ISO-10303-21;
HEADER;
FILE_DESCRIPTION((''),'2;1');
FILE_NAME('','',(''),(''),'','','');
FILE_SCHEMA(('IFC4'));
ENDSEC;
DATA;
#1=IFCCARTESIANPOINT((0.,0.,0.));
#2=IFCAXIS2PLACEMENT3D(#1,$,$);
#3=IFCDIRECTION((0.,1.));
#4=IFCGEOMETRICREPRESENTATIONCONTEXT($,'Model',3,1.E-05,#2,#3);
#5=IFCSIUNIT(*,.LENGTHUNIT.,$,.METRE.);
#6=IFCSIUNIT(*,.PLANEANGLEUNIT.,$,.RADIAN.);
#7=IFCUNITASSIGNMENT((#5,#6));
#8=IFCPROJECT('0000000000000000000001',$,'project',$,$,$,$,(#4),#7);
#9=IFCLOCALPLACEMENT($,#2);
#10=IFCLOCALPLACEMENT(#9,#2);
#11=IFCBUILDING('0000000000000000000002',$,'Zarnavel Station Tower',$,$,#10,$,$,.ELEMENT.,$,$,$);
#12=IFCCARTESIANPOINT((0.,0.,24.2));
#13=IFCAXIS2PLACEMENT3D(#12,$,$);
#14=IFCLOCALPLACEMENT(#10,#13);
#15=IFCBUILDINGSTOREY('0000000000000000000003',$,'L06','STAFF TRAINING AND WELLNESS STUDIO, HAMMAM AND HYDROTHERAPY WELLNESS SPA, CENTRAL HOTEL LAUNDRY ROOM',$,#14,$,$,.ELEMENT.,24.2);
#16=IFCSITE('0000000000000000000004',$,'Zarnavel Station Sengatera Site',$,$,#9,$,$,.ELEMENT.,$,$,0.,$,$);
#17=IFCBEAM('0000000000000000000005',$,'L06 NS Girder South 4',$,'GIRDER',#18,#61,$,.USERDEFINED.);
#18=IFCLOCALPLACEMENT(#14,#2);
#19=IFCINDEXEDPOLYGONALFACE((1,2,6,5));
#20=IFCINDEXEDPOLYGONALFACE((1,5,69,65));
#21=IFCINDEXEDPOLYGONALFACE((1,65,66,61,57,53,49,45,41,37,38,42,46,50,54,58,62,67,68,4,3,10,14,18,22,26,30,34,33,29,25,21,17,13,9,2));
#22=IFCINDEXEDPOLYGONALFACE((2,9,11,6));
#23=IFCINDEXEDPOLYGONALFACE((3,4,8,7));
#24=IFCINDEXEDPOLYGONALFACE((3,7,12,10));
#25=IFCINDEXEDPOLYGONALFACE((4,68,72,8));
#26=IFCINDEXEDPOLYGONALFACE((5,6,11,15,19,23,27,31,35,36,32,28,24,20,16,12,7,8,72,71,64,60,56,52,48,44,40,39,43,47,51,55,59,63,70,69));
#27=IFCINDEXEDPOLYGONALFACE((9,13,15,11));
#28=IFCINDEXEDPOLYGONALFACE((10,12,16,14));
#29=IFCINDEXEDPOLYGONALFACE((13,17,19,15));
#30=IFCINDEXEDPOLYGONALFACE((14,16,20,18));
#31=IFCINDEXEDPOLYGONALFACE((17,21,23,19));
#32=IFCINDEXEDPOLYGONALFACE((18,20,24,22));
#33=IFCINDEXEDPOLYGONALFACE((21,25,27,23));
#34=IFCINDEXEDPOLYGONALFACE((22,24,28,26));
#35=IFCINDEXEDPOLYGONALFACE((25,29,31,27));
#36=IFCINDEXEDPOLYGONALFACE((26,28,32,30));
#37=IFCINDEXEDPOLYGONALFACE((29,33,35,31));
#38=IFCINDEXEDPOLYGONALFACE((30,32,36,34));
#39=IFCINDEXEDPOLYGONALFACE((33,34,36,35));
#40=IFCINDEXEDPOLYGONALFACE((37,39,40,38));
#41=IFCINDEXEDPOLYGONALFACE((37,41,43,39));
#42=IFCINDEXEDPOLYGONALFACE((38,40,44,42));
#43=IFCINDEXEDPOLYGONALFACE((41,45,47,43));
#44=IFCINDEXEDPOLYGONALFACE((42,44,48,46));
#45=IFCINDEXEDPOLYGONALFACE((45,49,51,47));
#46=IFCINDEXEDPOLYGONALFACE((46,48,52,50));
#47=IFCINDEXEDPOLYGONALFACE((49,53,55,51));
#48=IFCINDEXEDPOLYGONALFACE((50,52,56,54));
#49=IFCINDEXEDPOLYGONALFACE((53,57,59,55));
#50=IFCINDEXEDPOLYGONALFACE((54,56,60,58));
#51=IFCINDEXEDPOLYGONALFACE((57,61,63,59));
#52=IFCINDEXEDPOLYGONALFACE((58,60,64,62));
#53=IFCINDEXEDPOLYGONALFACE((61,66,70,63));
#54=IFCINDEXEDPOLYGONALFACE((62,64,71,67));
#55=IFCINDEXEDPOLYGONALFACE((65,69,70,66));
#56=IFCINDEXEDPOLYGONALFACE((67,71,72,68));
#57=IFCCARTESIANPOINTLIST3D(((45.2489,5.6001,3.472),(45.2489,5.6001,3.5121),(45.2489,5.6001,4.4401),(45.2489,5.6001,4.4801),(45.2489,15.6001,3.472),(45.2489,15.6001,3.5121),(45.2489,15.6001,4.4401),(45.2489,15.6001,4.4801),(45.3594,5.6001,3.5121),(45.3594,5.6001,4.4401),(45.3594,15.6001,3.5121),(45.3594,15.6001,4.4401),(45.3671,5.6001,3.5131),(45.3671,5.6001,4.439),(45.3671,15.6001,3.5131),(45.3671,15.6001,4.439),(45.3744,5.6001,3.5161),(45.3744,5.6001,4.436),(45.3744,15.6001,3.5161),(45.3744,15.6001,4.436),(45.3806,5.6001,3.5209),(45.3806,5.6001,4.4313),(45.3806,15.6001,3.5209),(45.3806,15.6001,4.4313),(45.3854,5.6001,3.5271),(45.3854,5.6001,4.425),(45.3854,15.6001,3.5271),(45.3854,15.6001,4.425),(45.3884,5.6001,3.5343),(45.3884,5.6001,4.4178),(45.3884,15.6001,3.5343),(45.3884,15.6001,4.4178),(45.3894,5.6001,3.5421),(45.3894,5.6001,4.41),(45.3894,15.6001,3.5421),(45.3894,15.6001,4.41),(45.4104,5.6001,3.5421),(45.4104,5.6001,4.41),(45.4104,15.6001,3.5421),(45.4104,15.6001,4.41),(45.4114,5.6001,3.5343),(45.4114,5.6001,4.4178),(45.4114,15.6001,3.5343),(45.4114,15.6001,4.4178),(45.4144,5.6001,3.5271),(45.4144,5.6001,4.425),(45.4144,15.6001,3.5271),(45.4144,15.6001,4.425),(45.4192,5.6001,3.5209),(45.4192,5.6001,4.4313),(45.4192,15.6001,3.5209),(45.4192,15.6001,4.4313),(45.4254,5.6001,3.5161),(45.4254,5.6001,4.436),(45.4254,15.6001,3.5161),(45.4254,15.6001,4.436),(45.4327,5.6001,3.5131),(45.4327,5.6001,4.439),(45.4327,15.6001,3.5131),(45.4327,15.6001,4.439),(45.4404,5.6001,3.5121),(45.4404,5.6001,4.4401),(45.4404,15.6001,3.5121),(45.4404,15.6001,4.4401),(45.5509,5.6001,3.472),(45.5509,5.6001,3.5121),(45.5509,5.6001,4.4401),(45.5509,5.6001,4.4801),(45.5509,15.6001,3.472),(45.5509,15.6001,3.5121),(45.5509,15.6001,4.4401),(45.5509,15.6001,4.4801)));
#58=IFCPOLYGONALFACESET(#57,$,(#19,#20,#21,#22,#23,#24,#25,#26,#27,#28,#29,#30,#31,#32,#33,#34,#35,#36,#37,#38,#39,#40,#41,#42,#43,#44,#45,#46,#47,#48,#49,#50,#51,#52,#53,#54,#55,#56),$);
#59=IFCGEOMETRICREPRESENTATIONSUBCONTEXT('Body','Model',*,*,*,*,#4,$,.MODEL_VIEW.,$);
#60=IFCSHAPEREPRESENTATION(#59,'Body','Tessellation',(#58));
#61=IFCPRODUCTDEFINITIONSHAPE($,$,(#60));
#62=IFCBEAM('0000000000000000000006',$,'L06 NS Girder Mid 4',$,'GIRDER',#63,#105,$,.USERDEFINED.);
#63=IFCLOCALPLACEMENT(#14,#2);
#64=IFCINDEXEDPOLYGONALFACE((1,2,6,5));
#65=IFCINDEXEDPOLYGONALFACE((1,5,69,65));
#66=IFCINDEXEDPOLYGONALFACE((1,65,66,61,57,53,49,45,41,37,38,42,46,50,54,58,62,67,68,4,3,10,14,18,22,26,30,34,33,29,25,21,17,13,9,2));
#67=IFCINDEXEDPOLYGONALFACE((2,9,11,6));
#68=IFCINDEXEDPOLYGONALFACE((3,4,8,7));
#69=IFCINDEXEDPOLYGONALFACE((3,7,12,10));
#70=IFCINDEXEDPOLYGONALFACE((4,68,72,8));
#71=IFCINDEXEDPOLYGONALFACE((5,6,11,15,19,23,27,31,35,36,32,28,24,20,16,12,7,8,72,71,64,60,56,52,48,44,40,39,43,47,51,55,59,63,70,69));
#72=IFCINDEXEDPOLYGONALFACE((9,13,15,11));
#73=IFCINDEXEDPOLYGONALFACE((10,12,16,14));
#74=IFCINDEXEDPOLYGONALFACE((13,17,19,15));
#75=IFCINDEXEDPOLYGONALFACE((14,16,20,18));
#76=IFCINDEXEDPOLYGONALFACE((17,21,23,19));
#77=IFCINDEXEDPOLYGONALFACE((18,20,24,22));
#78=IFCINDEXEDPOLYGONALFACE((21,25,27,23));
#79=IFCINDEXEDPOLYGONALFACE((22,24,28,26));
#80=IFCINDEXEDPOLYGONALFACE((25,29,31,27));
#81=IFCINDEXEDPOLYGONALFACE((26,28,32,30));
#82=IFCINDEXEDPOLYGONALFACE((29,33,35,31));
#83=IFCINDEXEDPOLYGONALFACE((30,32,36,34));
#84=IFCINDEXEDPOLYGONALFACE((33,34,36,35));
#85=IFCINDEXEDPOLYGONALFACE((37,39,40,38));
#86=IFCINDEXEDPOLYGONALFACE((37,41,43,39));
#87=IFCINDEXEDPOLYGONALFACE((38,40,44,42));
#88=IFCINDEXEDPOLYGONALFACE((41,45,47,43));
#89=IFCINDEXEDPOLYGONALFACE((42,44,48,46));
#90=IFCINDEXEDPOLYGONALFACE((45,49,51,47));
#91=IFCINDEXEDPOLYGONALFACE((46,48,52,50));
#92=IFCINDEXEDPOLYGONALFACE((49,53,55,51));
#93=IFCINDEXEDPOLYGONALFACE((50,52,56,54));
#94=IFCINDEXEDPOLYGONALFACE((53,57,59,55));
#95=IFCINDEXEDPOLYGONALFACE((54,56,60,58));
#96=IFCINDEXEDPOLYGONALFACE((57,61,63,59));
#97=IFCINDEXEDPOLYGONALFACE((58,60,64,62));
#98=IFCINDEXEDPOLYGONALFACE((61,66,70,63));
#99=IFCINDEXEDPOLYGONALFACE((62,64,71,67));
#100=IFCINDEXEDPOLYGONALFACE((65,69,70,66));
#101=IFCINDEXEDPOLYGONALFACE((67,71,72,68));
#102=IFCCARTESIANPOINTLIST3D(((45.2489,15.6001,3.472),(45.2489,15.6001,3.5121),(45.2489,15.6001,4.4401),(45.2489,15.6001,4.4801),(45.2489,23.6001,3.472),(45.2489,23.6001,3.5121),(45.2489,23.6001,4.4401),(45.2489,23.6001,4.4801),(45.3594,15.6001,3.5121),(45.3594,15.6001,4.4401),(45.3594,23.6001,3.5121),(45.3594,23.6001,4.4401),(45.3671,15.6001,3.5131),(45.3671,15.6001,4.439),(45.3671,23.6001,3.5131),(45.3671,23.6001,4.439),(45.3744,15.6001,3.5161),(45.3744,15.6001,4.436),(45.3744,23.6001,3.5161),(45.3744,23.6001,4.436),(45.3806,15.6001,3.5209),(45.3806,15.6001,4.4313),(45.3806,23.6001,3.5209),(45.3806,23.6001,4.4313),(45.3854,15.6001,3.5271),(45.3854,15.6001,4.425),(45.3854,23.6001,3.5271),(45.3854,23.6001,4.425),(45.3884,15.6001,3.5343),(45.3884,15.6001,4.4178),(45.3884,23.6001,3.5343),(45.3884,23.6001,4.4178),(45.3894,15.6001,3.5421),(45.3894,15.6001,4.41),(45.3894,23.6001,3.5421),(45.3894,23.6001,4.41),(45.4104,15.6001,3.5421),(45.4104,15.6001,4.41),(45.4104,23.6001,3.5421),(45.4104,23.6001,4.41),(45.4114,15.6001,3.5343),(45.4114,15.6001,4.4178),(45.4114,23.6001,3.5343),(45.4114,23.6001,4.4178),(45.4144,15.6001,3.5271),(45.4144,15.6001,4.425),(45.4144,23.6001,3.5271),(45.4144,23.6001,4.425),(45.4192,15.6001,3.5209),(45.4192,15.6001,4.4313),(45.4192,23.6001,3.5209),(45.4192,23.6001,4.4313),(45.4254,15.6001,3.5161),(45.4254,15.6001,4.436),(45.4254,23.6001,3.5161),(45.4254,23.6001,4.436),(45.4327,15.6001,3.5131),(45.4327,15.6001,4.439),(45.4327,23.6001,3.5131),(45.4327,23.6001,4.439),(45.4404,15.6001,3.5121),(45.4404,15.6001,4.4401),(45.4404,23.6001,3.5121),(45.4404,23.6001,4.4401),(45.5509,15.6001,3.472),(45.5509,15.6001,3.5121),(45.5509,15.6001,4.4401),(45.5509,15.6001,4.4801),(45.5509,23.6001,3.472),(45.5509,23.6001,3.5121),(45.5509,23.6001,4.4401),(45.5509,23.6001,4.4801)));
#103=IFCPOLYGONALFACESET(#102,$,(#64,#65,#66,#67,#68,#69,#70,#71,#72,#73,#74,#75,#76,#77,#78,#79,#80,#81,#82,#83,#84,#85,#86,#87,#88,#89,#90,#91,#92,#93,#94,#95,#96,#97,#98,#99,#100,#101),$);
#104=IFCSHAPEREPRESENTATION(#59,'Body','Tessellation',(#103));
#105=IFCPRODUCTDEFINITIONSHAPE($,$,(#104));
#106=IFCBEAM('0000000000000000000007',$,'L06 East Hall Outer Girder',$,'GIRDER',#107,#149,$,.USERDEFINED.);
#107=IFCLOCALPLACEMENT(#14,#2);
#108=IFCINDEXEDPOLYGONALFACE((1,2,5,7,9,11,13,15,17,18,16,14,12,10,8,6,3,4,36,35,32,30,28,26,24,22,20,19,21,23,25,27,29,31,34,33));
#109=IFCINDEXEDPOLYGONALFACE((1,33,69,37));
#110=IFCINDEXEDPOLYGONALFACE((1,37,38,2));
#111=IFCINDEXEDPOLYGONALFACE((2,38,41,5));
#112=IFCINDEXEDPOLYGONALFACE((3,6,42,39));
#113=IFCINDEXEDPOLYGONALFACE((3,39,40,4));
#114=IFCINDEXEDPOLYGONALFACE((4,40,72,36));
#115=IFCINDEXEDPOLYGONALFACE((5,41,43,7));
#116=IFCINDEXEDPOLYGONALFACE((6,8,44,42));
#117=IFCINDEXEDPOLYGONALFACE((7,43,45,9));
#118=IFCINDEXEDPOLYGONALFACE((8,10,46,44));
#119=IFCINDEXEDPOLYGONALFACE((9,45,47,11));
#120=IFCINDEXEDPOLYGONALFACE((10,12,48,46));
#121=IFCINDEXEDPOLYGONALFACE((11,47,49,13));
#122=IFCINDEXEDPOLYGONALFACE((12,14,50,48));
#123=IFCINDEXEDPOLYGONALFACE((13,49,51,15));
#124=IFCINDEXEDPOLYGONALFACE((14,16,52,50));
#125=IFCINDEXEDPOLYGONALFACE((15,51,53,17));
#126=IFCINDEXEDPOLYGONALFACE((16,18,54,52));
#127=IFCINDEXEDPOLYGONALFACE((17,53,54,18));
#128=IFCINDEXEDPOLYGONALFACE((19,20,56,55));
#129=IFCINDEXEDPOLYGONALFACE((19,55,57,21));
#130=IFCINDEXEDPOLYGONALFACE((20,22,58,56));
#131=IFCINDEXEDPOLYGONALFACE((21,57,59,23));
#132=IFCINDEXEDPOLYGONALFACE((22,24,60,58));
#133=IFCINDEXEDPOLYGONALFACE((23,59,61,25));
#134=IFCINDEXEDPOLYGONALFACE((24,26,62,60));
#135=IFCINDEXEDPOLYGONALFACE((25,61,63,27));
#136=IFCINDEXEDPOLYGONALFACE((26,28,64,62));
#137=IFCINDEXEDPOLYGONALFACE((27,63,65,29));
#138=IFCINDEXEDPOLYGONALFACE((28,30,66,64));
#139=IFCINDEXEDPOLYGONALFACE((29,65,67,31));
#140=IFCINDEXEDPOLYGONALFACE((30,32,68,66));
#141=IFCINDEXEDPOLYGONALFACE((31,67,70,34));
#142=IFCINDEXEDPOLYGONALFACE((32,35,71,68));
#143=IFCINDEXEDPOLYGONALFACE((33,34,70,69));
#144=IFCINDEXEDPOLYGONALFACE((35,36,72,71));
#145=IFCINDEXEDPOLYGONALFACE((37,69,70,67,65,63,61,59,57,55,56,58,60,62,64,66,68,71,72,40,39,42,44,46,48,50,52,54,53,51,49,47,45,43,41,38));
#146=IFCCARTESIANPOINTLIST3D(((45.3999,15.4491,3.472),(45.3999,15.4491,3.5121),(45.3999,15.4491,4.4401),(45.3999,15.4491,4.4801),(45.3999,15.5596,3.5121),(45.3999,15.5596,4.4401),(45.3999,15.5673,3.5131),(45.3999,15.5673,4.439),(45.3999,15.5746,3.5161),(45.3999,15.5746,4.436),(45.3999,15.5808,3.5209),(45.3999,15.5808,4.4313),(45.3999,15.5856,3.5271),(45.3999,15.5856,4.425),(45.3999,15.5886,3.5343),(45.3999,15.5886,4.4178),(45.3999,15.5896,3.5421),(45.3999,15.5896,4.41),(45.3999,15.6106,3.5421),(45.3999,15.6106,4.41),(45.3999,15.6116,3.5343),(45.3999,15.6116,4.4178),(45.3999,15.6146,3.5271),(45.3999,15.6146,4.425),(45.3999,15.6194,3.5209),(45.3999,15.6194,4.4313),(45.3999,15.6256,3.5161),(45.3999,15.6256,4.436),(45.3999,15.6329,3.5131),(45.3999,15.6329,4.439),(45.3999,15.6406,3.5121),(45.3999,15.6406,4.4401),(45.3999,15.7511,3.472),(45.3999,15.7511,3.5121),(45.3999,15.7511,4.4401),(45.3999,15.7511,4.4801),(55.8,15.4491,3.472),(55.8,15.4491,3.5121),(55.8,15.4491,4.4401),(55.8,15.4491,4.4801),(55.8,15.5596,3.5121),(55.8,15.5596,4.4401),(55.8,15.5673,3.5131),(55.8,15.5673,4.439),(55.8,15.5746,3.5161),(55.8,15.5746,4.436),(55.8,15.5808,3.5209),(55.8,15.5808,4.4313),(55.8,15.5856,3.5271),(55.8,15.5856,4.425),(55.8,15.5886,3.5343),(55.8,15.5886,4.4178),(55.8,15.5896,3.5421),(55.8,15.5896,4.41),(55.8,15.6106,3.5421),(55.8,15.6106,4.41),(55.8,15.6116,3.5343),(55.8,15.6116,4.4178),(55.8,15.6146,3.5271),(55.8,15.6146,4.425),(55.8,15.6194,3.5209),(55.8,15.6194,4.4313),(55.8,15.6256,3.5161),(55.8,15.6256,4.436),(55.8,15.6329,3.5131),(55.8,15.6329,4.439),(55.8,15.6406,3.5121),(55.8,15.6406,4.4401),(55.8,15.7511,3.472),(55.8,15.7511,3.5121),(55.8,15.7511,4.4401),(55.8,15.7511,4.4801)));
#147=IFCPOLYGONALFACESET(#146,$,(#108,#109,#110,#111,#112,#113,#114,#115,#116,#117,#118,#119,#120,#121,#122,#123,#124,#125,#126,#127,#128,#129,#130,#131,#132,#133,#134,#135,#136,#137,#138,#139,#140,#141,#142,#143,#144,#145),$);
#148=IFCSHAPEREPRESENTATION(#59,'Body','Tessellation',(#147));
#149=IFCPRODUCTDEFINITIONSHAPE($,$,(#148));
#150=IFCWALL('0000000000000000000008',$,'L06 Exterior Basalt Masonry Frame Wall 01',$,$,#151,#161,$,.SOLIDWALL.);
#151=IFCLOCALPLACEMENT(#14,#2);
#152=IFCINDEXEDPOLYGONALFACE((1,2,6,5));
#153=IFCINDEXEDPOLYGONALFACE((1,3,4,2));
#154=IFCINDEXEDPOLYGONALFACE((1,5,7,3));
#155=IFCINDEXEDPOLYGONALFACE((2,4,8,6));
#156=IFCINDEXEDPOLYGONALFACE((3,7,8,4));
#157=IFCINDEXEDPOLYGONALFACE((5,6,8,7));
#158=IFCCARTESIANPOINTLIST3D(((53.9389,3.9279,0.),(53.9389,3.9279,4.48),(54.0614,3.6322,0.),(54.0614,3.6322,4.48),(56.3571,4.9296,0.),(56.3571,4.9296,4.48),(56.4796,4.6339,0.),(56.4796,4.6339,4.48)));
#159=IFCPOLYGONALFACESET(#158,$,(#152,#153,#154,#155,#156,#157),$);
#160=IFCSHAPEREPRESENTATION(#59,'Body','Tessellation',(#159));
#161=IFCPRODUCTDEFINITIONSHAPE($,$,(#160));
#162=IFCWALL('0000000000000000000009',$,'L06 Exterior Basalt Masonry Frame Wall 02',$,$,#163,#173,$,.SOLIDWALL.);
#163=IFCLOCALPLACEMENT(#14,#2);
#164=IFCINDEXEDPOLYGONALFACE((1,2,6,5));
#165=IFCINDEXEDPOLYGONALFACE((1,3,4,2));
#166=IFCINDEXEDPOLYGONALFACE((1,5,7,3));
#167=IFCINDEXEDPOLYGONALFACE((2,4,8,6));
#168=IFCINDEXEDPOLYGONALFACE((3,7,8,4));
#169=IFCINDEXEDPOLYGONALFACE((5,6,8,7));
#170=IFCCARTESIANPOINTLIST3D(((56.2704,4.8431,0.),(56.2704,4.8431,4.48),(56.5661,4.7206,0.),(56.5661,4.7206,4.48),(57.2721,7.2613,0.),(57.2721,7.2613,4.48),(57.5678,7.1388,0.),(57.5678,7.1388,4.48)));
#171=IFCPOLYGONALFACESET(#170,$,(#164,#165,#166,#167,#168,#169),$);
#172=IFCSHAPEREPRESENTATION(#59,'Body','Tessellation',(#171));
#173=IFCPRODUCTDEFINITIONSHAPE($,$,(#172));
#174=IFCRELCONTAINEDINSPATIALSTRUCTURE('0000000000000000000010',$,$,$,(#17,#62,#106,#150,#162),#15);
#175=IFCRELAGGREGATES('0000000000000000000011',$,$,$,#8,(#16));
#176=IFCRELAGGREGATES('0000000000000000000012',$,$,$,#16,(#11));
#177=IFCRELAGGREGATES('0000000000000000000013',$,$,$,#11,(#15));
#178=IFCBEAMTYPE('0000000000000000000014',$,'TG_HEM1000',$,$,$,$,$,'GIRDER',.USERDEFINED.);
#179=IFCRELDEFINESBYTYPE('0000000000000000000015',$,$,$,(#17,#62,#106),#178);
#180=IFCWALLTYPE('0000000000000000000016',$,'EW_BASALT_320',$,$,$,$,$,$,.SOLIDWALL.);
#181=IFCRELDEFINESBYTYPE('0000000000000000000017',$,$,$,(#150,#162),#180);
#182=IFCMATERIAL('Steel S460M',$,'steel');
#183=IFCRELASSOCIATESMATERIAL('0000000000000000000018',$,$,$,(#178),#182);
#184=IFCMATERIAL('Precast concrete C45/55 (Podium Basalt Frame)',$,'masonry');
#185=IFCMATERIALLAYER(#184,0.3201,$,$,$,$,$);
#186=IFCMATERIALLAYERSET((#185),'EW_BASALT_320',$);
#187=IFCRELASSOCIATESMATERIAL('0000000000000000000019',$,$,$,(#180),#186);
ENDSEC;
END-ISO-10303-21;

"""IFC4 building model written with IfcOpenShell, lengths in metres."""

from ifc_helpers import new_model, si_unit, direction, frame, frame_2d, origin, origin_2d, place, context, subcontext, project, spatial, rectangle, i_section, extrude, material, layer, layer_set, material_profile, profile_set, type_object, element, save


model = new_model("IFC4")

# Units and contexts
model_context = context("Model", 3, precision=1e-05, world=origin(), true_north=direction((0.0, 1.0)))
body_context = subcontext(model_context, "Body", "Model", "MODEL_VIEW")
ifc_project = project(units=[si_unit("LENGTHUNIT", "METRE"), si_unit("PLANEANGLEUNIT", "RADIAN")], contexts=[model_context])

# Site, building, storey
site_placement = place(None, origin())
site = spatial("IfcSite", under=ifc_project, at=site_placement, Name="Zarnavel Station Sengatera Site", CompositionType="ELEMENT", RefElevation=0.0)
building_placement = place(site_placement, origin())
building = spatial("IfcBuilding", under=site, at=building_placement, Name="Zarnavel Station Tower", CompositionType="ELEMENT")
storey_placement = place(building_placement, frame((0.0, 0.0, 24.2)))
storey = spatial("IfcBuildingStorey", under=building, at=storey_placement, Name="L06", Description="STAFF TRAINING AND WELLNESS STUDIO, HAMMAM AND HYDROTHERAPY WELLNESS SPA, CENTRAL HOTEL LAUNDRY ROOM", CompositionType="ELEMENT", Elevation=24.2)

# Beams
ifc_material_1 = material(Name="Steel S460M", Category="steel")
ifc_material_profile_1 = material_profile(ifc_material_1, i_section(OverallWidth=0.302, OverallDepth=1.0081, WebThickness=0.021, FlangeThickness=0.04, FilletRadius=0.03, at=origin_2d()), Name="HEM1000")
ifc_profile_set_1 = profile_set([ifc_material_profile_1], Name="Steel S460M")
beam_type_1 = type_object("IfcBeamType", Name="TG_HEM1000", ElementType="GIRDER", PredefinedType="USERDEFINED", material=ifc_profile_set_1)
beam_1_placement = place(storey_placement, frame((45.3999, 5.6001, 3.9761), z_axis=(0.0, 1.0, 0.0), x_axis=(-1.0, 0.0, 0.0)))
element("IfcBeam", 1, at=beam_1_placement, inside=storey, type_object=beam_type_1, Name="L06 NS Girder South 4", ObjectType="GIRDER", PredefinedType="USERDEFINED", context=body_context, shape_type="SweptSolid", body=[
    extrude(i_section(OverallWidth=0.302, OverallDepth=1.0081, WebThickness=0.021, FlangeThickness=0.04, FilletRadius=0.03, at=origin_2d()), origin(), (0.0, 0.0, 1.0), 10.0),
])
beam_2_placement = place(storey_placement, frame((45.3999, 15.6001, 3.9761), z_axis=(0.0, 1.0, 0.0), x_axis=(-1.0, 0.0, 0.0)))
element("IfcBeam", 2, at=beam_2_placement, inside=storey, type_object=beam_type_1, Name="L06 NS Girder Mid 4", ObjectType="GIRDER", PredefinedType="USERDEFINED", context=body_context, shape_type="SweptSolid", body=[
    extrude(i_section(OverallWidth=0.302, OverallDepth=1.0081, WebThickness=0.021, FlangeThickness=0.04, FilletRadius=0.03, at=origin_2d()), origin(), (0.0, 0.0, 1.0), 8.0),
])
beam_3_placement = place(storey_placement, frame((45.3999, 15.6001, 3.9761), z_axis=(1.0, 0.0, 0.0), x_axis=(0.0, 1.0, 0.0)))
element("IfcBeam", 3, at=beam_3_placement, inside=storey, type_object=beam_type_1, Name="L06 East Hall Outer Girder", ObjectType="GIRDER", PredefinedType="USERDEFINED", context=body_context, shape_type="SweptSolid", body=[
    extrude(i_section(OverallWidth=0.302, OverallDepth=1.0081, WebThickness=0.021, FlangeThickness=0.04, FilletRadius=0.03, at=origin_2d()), origin(), (0.0, 0.0, 1.0), 10.4001),
])

# Walls
ifc_material_2 = material(Name="Precast concrete C45/55 (Podium Basalt Frame)", Category="masonry")
ifc_layer_1 = layer(ifc_material_2, 0.3201)
ifc_layer_set_1 = layer_set([ifc_layer_1], Name="EW_BASALT_320")
wall_type_1 = type_object("IfcWallType", Name="EW_BASALT_320", PredefinedType="SOLIDWALL", material=ifc_layer_set_1)
for number, where, z_axis, x_axis, name in (
    (4, (56.4182, 4.7817, 0.0), (0.0, 0.0, 1.0), (-0.923872, -0.382701, 0.0), "L06 Exterior Basalt Masonry Frame Wall 01"),
    (5, (57.4199, 7.2, 0.0), (0.0, 0.0, 1.0), (-0.382701, -0.923872, 0.0), "L06 Exterior Basalt Masonry Frame Wall 02"),
):
    element("IfcWall", number, at=place(storey_placement, frame(where, z_axis=z_axis, x_axis=x_axis)), inside=storey, type_object=wall_type_1, Name=name, PredefinedType="SOLIDWALL", context=body_context, shape_type="SweptSolid", body=[
        extrude(rectangle(XDim=2.6174, YDim=0.3201, at=frame_2d((1.3086, 0.0))), origin(), (0.0, 0.0, 1.0), 4.48),
    ])

save(model, "model.ifc")
